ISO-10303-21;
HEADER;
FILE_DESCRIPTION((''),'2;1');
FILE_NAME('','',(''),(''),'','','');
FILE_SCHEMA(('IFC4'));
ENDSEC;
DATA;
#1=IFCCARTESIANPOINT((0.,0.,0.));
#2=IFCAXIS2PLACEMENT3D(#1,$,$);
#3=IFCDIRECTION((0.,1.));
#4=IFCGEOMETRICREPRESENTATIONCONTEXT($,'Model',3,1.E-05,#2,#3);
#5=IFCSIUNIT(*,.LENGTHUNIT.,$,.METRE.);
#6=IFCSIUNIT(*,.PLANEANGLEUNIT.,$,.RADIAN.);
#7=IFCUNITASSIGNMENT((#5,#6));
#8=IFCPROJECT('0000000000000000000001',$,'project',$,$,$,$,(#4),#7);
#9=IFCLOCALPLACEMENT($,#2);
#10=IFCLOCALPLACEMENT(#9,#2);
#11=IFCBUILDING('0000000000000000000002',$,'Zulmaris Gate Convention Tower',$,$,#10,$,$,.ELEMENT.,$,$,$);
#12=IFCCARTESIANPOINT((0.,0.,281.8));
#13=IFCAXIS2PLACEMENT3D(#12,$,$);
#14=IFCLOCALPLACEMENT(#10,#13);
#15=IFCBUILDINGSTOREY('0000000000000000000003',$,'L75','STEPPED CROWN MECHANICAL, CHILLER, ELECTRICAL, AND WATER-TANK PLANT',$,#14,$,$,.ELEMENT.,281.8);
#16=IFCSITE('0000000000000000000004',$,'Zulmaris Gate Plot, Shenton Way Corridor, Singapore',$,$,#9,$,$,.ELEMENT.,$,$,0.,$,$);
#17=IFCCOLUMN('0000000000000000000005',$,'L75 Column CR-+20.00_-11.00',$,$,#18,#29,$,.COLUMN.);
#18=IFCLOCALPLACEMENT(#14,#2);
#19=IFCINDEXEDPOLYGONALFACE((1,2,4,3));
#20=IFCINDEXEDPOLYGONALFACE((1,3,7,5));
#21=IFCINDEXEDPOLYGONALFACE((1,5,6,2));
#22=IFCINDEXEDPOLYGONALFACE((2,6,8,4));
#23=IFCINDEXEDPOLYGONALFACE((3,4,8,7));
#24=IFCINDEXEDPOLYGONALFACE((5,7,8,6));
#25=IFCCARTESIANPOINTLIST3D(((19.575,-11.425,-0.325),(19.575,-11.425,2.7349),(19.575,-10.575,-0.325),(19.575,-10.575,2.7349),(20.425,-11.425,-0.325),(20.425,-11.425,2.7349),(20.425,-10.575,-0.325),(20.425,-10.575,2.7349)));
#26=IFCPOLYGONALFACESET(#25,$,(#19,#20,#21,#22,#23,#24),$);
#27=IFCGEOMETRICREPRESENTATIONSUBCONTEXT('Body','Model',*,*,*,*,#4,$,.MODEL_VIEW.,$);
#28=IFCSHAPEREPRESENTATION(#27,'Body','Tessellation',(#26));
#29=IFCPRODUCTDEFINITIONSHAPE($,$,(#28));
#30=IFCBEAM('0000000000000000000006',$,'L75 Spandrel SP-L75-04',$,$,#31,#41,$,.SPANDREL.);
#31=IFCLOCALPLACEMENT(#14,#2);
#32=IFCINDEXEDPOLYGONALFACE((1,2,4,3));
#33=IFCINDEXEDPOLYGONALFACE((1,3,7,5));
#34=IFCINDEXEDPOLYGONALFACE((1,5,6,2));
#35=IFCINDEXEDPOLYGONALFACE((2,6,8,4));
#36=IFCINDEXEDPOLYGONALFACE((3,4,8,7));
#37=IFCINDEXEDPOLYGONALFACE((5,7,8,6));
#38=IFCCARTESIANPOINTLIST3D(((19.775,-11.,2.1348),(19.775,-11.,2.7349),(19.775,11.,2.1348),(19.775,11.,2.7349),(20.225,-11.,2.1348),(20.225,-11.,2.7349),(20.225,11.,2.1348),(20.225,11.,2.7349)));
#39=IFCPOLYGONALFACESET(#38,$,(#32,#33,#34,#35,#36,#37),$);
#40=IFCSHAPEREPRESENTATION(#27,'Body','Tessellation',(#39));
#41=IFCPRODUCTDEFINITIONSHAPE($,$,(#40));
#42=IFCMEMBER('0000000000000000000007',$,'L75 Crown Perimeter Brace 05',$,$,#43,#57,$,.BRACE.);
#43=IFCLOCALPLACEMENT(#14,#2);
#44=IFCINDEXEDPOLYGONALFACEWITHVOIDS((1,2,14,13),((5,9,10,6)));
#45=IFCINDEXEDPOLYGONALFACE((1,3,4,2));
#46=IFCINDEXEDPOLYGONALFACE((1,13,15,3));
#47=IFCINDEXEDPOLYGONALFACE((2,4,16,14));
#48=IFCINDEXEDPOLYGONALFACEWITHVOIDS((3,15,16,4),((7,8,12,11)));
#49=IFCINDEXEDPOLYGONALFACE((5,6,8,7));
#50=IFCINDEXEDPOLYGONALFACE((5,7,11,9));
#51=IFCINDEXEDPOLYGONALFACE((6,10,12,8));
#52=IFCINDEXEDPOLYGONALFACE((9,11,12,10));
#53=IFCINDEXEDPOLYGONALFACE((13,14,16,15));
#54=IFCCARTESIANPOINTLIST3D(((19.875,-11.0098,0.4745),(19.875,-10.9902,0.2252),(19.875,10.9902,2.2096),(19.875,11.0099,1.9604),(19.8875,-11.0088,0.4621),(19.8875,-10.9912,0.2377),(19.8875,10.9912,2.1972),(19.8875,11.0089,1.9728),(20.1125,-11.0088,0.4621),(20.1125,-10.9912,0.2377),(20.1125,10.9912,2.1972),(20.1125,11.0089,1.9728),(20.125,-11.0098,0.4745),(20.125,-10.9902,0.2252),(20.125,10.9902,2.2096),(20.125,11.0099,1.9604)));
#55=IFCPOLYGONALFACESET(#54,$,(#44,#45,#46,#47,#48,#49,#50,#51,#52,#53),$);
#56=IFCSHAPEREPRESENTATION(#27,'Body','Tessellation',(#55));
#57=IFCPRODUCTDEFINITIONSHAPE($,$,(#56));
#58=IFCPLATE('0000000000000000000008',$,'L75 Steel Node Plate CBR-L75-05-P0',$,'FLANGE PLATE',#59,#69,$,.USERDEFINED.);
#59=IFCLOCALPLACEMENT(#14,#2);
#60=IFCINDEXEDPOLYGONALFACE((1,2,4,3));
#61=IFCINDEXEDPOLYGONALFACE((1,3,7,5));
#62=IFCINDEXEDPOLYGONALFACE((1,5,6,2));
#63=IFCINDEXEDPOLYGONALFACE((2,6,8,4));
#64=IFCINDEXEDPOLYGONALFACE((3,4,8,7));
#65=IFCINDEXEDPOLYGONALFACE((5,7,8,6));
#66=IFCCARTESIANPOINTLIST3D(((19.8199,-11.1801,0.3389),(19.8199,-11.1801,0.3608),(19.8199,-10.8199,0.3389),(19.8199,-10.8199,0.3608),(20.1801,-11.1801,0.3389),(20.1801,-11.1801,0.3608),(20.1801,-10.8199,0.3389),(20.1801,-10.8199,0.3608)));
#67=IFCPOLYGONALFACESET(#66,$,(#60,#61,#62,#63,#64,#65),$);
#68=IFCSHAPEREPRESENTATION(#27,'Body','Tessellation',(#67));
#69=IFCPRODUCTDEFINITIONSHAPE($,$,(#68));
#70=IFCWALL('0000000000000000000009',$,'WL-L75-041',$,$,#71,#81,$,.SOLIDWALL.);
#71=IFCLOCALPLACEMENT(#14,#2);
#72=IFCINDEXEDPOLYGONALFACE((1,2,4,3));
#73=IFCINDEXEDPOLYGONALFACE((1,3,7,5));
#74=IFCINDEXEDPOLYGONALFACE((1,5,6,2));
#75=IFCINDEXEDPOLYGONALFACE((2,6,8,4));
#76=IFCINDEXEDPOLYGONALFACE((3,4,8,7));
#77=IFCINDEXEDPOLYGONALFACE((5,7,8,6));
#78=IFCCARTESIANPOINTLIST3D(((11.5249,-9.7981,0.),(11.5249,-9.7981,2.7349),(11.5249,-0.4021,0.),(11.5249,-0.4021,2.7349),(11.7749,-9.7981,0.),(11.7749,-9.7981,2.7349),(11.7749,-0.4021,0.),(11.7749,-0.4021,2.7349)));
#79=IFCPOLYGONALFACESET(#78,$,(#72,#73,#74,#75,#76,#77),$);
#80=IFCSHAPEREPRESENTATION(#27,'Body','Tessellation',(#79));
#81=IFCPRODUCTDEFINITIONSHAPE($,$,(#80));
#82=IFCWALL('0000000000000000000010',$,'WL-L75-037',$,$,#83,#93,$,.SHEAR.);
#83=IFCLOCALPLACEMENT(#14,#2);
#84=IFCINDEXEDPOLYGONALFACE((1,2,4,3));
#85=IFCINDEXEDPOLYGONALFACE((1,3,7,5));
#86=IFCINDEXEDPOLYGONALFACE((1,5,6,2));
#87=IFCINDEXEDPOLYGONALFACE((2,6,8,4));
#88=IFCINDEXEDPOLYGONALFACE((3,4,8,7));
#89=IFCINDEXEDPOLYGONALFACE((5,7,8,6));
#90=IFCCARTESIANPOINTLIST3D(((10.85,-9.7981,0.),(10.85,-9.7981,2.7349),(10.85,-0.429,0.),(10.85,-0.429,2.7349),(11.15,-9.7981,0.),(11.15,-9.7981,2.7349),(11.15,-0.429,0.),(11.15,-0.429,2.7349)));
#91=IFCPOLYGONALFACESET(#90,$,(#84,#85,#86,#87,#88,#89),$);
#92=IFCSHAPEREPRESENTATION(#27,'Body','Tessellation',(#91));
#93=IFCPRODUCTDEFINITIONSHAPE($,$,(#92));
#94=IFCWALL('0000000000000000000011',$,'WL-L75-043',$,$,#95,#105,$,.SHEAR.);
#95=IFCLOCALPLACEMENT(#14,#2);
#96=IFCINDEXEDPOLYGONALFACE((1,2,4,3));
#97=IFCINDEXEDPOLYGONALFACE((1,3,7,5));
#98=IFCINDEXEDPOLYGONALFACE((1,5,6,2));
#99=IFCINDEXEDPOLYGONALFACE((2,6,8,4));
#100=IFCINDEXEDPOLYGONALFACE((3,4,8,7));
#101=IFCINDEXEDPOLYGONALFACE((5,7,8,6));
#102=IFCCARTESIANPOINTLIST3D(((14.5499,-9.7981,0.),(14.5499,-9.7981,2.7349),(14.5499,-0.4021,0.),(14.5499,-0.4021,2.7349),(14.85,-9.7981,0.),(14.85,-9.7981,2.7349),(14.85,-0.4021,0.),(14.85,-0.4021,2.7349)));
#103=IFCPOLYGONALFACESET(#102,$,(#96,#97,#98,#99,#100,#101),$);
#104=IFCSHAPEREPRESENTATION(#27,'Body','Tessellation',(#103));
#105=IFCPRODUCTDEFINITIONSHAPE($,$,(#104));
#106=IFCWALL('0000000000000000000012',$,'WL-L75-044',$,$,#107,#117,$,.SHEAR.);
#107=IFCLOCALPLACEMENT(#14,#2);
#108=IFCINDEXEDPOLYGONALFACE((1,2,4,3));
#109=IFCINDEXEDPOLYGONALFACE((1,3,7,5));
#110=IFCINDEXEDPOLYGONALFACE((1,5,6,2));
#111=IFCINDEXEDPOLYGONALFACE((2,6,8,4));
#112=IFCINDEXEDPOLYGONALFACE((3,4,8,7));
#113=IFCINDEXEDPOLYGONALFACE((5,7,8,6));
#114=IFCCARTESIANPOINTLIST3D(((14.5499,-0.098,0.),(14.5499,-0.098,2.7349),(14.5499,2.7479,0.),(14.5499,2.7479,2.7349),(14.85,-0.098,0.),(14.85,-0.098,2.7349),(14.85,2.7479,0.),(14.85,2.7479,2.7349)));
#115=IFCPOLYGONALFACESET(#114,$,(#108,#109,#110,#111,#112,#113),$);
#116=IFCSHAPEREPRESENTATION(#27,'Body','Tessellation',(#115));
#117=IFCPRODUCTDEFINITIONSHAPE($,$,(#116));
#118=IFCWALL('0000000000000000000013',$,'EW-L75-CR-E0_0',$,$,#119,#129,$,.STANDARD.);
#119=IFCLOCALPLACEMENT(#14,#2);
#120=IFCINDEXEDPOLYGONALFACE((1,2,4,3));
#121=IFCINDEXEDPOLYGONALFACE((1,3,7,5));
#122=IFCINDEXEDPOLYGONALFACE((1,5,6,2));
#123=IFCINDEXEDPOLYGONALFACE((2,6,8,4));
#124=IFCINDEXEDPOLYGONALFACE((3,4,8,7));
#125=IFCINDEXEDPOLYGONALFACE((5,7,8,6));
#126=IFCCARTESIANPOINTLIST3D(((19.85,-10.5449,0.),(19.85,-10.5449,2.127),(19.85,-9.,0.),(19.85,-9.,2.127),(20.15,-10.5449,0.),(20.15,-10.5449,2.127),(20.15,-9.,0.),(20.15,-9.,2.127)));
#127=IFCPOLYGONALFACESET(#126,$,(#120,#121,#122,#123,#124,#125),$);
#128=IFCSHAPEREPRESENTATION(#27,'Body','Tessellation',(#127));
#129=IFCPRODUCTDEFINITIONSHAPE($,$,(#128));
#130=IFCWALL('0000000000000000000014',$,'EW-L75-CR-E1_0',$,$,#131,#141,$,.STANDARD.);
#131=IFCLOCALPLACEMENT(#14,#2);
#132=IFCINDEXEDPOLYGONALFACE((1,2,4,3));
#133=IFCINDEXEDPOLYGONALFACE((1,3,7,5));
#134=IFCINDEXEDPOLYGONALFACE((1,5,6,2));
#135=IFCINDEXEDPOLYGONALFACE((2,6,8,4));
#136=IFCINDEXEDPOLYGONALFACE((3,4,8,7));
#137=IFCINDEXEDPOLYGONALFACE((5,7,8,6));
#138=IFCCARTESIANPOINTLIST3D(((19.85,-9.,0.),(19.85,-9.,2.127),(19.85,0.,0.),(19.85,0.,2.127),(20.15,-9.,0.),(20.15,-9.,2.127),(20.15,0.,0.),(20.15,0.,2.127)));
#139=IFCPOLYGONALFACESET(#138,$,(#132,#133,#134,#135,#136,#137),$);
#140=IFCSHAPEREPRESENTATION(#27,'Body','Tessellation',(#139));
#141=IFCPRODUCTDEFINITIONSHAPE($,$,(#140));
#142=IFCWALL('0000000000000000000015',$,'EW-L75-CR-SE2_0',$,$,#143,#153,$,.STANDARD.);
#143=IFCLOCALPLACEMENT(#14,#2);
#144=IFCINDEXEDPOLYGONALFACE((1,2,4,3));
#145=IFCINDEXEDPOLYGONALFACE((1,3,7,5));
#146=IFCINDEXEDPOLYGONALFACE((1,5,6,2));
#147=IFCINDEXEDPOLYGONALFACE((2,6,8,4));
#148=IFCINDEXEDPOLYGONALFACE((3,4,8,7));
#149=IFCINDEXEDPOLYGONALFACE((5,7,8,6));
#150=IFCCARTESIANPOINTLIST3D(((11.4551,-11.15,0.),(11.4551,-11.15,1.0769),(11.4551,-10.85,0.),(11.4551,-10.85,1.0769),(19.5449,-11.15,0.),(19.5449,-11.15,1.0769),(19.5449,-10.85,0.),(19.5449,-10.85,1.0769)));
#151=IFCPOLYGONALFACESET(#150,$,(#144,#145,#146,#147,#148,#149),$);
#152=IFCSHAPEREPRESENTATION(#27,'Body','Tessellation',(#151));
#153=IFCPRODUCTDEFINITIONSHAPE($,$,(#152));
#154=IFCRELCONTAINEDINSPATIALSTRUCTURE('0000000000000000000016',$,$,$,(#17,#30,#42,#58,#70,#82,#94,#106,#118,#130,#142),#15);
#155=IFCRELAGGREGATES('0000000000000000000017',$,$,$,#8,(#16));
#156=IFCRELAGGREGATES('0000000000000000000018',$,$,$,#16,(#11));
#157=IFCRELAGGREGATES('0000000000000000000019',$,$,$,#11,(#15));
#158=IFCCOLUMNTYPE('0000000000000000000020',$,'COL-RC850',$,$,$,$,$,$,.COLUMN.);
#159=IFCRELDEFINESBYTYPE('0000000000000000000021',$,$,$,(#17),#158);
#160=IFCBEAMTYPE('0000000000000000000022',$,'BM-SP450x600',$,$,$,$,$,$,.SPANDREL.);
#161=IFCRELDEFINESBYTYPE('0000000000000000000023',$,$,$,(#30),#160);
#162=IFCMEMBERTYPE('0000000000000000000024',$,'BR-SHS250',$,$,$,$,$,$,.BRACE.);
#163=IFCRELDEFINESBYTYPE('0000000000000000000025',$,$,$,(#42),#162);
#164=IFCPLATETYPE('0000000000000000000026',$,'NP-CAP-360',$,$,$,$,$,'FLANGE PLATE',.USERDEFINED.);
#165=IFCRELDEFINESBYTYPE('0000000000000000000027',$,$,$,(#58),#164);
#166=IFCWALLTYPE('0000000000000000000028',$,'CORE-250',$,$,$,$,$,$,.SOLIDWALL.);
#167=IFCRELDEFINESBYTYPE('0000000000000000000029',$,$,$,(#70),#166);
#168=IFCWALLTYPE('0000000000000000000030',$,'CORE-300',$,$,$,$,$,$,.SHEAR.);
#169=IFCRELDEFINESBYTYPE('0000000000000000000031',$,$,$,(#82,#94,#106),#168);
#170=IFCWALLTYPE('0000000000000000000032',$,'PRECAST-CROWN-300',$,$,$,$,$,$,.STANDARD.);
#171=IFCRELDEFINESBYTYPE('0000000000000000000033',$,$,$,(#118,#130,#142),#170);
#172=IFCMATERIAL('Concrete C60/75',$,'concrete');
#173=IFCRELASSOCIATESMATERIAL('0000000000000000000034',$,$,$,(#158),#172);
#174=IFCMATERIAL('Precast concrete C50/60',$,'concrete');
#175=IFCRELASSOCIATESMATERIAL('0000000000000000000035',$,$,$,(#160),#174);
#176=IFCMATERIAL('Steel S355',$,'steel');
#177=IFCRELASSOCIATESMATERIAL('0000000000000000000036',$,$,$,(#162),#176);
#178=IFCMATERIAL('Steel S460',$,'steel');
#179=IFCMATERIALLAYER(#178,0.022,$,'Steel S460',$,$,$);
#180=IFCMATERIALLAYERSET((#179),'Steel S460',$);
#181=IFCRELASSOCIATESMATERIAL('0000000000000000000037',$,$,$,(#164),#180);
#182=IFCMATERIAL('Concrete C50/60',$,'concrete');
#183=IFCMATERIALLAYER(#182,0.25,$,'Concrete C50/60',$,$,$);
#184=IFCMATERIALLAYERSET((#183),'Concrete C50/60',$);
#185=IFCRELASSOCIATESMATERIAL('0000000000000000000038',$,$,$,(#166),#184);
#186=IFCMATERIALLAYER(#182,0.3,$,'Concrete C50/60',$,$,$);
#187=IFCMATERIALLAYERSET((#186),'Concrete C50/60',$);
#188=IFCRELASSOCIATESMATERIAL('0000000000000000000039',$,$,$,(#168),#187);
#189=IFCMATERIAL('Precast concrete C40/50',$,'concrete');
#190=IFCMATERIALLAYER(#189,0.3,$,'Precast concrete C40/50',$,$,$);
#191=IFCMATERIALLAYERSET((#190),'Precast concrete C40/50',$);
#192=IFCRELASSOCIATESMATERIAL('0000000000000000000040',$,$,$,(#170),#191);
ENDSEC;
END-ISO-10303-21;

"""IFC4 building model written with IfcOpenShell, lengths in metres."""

from ifc_helpers import new_model, si_unit, direction, frame, frame_2d, origin, origin_2d, place, context, subcontext, project, spatial, rectangle, hollow_rectangle, extrude, material, layer, layer_set, material_profile, profile_set, type_object, element, save


model = new_model("IFC4")

# Units and contexts
model_context = context("Model", 3, precision=1e-05, world=origin(), true_north=direction((0.0, 1.0)))
body_context = subcontext(model_context, "Body", "Model", "MODEL_VIEW")
ifc_project = project(units=[si_unit("LENGTHUNIT", "METRE"), si_unit("PLANEANGLEUNIT", "RADIAN")], contexts=[model_context])

# Site, building, storey
site_placement = place(None, origin())
site = spatial("IfcSite", under=ifc_project, at=site_placement, Name="Zulmaris Gate Plot, Shenton Way Corridor, Singapore", CompositionType="ELEMENT", RefElevation=0.0)
building_placement = place(site_placement, origin())
building = spatial("IfcBuilding", under=site, at=building_placement, Name="Zulmaris Gate Convention Tower", CompositionType="ELEMENT")
storey_placement = place(building_placement, frame((0.0, 0.0, 281.8)))
storey = spatial("IfcBuildingStorey", under=building, at=storey_placement, Name="L75", Description="STEPPED CROWN MECHANICAL, CHILLER, ELECTRICAL, AND WATER-TANK PLANT", CompositionType="ELEMENT", Elevation=281.8)

# Column
ifc_material_1 = material(Name="Concrete C60/75", Category="concrete")
ifc_material_profile_1 = material_profile(ifc_material_1, rectangle(XDim=0.8501, YDim=0.8501, at=origin_2d()), Name="RC COL 850x850")
ifc_profile_set_1 = profile_set([ifc_material_profile_1], Name="Concrete C60/75")
column_type = type_object("IfcColumnType", Name="COL-RC850", PredefinedType="COLUMN", material=ifc_profile_set_1)
column_placement = place(storey_placement, frame((20.0, -11.0, -0.325), z_axis=(0.0, 0.0, 1.0), x_axis=(1.0, 0.0, 0.0)))
element("IfcColumn", 1, at=column_placement, inside=storey, type_object=column_type, Name="L75 Column CR-+20.00_-11.00", PredefinedType="COLUMN", context=body_context, shape_type="SweptSolid", body=[
    extrude(rectangle(XDim=0.8501, YDim=0.8501, at=origin_2d()), origin(), (0.0, 0.0, 1.0), 3.0598),
])

# Beam
ifc_material_2 = material(Name="Precast concrete C50/60", Category="concrete")
ifc_material_profile_2 = material_profile(ifc_material_2, rectangle(XDim=0.45, YDim=0.6001, at=origin_2d()), Name="RC SPANDREL 450x600")
ifc_profile_set_2 = profile_set([ifc_material_profile_2], Name="Precast concrete C50/60")
beam_type = type_object("IfcBeamType", Name="BM-SP450x600", PredefinedType="SPANDREL", material=ifc_profile_set_2)
beam_placement = place(storey_placement, frame((20.0, -11.0, 2.4348), z_axis=(0.0, 1.0, 0.0), x_axis=(-1.0, 0.0, 0.0)))
element("IfcBeam", 2, at=beam_placement, inside=storey, type_object=beam_type, Name="L75 Spandrel SP-L75-04", PredefinedType="SPANDREL", context=body_context, shape_type="SweptSolid", body=[
    extrude(rectangle(XDim=0.45, YDim=0.6001, at=origin_2d()), origin(), (0.0, 0.0, 1.0), 22.0),
])

# Member
ifc_material_3 = material(Name="Steel S355", Category="steel")
ifc_material_profile_3 = material_profile(ifc_material_3, hollow_rectangle(XDim=0.25, YDim=0.25, WallThickness=0.0125, at=origin_2d()), Name="SHS 250x250x12.5")
ifc_profile_set_3 = profile_set([ifc_material_profile_3], Name="Steel S355")
member_type = type_object("IfcMemberType", Name="BR-SHS250", PredefinedType="BRACE", material=ifc_profile_set_3)
member_placement = place(storey_placement, frame((20.0, -11.0, 0.3499), z_axis=(0.0, 0.996904, 0.078624), x_axis=(-1.0, 0.0, 0.0)))
element("IfcMember", 3, at=member_placement, inside=storey, type_object=member_type, Name="L75 Crown Perimeter Brace 05", PredefinedType="BRACE", context=body_context, shape_type="SweptSolid", body=[
    extrude(hollow_rectangle(XDim=0.25, YDim=0.25, WallThickness=0.0125, at=origin_2d()), origin(), (0.0, 0.0, 1.0), 22.0684),
])

# Plate
ifc_material_4 = material(Name="Steel S460", Category="steel")
ifc_layer_1 = layer(ifc_material_4, 0.022, Name="Steel S460")
ifc_layer_set_1 = layer_set([ifc_layer_1], Name="Steel S460")
plate_type = type_object("IfcPlateType", Name="NP-CAP-360", ElementType="FLANGE PLATE", PredefinedType="USERDEFINED", material=ifc_layer_set_1)
plate_placement = place(storey_placement, frame((20.0, -11.0, 0.3389), z_axis=(0.0, 0.0, 1.0), x_axis=(1.0, 0.0, 0.0)))
element("IfcPlate", 4, at=plate_placement, inside=storey, type_object=plate_type, Name="L75 Steel Node Plate CBR-L75-05-P0", ObjectType="FLANGE PLATE", PredefinedType="USERDEFINED", context=body_context, shape_type="SweptSolid", body=[
    extrude(rectangle(XDim=0.3601, YDim=0.3601, at=origin_2d()), origin(), (0.0, 0.0, 1.0), 0.022),
])

# Wall
ifc_material_5 = material(Name="Concrete C50/60", Category="concrete")
ifc_layer_2 = layer(ifc_material_5, 0.25, Name="Concrete C50/60")
ifc_layer_set_2 = layer_set([ifc_layer_2], Name="Concrete C50/60")
wall_type_1 = type_object("IfcWallType", Name="CORE-250", PredefinedType="SOLIDWALL", material=ifc_layer_set_2)
wall_1_placement = place(storey_placement, frame((11.6499, -9.7981, 0.0), z_axis=(0.0, 0.0, 1.0), x_axis=(0.0, 1.0, 0.0)))
element("IfcWall", 5, at=wall_1_placement, inside=storey, type_object=wall_type_1, Name="WL-L75-041", PredefinedType="SOLIDWALL", context=body_context, shape_type="SweptSolid", body=[
    extrude(rectangle(XDim=9.396, YDim=0.25, at=frame_2d((4.698, 0.0))), origin(), (0.0, 0.0, 1.0), 2.7349),
])

# Shared definitions
ifc_layer_3 = layer(ifc_material_5, 0.3, Name="Concrete C50/60")
ifc_layer_set_3 = layer_set([ifc_layer_3], Name="Concrete C50/60")
wall_type_2 = type_object("IfcWallType", Name="CORE-300", PredefinedType="SHEAR", material=ifc_layer_set_3)

# Walls
wall_2_placement = place(storey_placement, frame((11.0, -9.7981, 0.0), z_axis=(0.0, 0.0, 1.0), x_axis=(0.0, 1.0, 0.0)))
element("IfcWall", 6, at=wall_2_placement, inside=storey, type_object=wall_type_2, Name="WL-L75-037", PredefinedType="SHEAR", context=body_context, shape_type="SweptSolid", body=[
    extrude(rectangle(XDim=9.3691, YDim=0.3, at=frame_2d((4.6846, 0.0))), origin(), (0.0, 0.0, 1.0), 2.7349),
])
wall_3_placement = place(storey_placement, frame((14.7, -9.7981, 0.0), z_axis=(0.0, 0.0, 1.0), x_axis=(0.0, 1.0, 0.0)))
element("IfcWall", 7, at=wall_3_placement, inside=storey, type_object=wall_type_2, Name="WL-L75-043", PredefinedType="SHEAR", context=body_context, shape_type="SweptSolid", body=[
    extrude(rectangle(XDim=9.396, YDim=0.3, at=frame_2d((4.698, 0.0))), origin(), (0.0, 0.0, 1.0), 2.7349),
])
wall_4_placement = place(storey_placement, frame((14.7, -0.0979, 0.0), z_axis=(0.0, 0.0, 1.0), x_axis=(0.0, 1.0, 0.0)))
element("IfcWall", 8, at=wall_4_placement, inside=storey, type_object=wall_type_2, Name="WL-L75-044", PredefinedType="SHEAR", context=body_context, shape_type="SweptSolid", body=[
    extrude(rectangle(XDim=2.8459, YDim=0.3, at=frame_2d((1.4229, 0.0))), origin(), (0.0, 0.0, 1.0), 2.7349),
])
ifc_material_6 = material(Name="Precast concrete C40/50", Category="concrete")
ifc_layer_4 = layer(ifc_material_6, 0.3, Name="Precast concrete C40/50")
ifc_layer_set_4 = layer_set([ifc_layer_4], Name="Precast concrete C40/50")
wall_type_3 = type_object("IfcWallType", Name="PRECAST-CROWN-300", PredefinedType="STANDARD", material=ifc_layer_set_4)
wall_5_placement = place(storey_placement, frame((20.0, -10.5449, 0.0), z_axis=(0.0, 0.0, 1.0), x_axis=(0.0, 1.0, 0.0)))
element("IfcWall", 9, at=wall_5_placement, inside=storey, type_object=wall_type_3, Name="EW-L75-CR-E0_0", PredefinedType="STANDARD", context=body_context, shape_type="SweptSolid", body=[
    extrude(rectangle(XDim=1.5449, YDim=0.3, at=frame_2d((0.7725, 0.0))), origin(), (0.0, 0.0, 1.0), 2.127),
])
wall_6_placement = place(storey_placement, frame((20.0, -9.0, 0.0), z_axis=(0.0, 0.0, 1.0), x_axis=(0.0, 1.0, 0.0)))
element("IfcWall", 10, at=wall_6_placement, inside=storey, type_object=wall_type_3, Name="EW-L75-CR-E1_0", PredefinedType="STANDARD", context=body_context, shape_type="SweptSolid", body=[
    extrude(rectangle(XDim=9.0, YDim=0.3, at=frame_2d((4.5, 0.0))), origin(), (0.0, 0.0, 1.0), 2.127),
])
wall_7_placement = place(storey_placement, frame((11.4551, -11.0, 0.0), z_axis=(0.0, 0.0, 1.0), x_axis=(1.0, 0.0, 0.0)))
element("IfcWall", 11, at=wall_7_placement, inside=storey, type_object=wall_type_3, Name="EW-L75-CR-SE2_0", PredefinedType="STANDARD", context=body_context, shape_type="SweptSolid", body=[
    extrude(rectangle(XDim=8.0898, YDim=0.3, at=frame_2d((4.0449, 0.0))), origin(), (0.0, 0.0, 1.0), 1.0769),
])

save(model, "model.ifc")
